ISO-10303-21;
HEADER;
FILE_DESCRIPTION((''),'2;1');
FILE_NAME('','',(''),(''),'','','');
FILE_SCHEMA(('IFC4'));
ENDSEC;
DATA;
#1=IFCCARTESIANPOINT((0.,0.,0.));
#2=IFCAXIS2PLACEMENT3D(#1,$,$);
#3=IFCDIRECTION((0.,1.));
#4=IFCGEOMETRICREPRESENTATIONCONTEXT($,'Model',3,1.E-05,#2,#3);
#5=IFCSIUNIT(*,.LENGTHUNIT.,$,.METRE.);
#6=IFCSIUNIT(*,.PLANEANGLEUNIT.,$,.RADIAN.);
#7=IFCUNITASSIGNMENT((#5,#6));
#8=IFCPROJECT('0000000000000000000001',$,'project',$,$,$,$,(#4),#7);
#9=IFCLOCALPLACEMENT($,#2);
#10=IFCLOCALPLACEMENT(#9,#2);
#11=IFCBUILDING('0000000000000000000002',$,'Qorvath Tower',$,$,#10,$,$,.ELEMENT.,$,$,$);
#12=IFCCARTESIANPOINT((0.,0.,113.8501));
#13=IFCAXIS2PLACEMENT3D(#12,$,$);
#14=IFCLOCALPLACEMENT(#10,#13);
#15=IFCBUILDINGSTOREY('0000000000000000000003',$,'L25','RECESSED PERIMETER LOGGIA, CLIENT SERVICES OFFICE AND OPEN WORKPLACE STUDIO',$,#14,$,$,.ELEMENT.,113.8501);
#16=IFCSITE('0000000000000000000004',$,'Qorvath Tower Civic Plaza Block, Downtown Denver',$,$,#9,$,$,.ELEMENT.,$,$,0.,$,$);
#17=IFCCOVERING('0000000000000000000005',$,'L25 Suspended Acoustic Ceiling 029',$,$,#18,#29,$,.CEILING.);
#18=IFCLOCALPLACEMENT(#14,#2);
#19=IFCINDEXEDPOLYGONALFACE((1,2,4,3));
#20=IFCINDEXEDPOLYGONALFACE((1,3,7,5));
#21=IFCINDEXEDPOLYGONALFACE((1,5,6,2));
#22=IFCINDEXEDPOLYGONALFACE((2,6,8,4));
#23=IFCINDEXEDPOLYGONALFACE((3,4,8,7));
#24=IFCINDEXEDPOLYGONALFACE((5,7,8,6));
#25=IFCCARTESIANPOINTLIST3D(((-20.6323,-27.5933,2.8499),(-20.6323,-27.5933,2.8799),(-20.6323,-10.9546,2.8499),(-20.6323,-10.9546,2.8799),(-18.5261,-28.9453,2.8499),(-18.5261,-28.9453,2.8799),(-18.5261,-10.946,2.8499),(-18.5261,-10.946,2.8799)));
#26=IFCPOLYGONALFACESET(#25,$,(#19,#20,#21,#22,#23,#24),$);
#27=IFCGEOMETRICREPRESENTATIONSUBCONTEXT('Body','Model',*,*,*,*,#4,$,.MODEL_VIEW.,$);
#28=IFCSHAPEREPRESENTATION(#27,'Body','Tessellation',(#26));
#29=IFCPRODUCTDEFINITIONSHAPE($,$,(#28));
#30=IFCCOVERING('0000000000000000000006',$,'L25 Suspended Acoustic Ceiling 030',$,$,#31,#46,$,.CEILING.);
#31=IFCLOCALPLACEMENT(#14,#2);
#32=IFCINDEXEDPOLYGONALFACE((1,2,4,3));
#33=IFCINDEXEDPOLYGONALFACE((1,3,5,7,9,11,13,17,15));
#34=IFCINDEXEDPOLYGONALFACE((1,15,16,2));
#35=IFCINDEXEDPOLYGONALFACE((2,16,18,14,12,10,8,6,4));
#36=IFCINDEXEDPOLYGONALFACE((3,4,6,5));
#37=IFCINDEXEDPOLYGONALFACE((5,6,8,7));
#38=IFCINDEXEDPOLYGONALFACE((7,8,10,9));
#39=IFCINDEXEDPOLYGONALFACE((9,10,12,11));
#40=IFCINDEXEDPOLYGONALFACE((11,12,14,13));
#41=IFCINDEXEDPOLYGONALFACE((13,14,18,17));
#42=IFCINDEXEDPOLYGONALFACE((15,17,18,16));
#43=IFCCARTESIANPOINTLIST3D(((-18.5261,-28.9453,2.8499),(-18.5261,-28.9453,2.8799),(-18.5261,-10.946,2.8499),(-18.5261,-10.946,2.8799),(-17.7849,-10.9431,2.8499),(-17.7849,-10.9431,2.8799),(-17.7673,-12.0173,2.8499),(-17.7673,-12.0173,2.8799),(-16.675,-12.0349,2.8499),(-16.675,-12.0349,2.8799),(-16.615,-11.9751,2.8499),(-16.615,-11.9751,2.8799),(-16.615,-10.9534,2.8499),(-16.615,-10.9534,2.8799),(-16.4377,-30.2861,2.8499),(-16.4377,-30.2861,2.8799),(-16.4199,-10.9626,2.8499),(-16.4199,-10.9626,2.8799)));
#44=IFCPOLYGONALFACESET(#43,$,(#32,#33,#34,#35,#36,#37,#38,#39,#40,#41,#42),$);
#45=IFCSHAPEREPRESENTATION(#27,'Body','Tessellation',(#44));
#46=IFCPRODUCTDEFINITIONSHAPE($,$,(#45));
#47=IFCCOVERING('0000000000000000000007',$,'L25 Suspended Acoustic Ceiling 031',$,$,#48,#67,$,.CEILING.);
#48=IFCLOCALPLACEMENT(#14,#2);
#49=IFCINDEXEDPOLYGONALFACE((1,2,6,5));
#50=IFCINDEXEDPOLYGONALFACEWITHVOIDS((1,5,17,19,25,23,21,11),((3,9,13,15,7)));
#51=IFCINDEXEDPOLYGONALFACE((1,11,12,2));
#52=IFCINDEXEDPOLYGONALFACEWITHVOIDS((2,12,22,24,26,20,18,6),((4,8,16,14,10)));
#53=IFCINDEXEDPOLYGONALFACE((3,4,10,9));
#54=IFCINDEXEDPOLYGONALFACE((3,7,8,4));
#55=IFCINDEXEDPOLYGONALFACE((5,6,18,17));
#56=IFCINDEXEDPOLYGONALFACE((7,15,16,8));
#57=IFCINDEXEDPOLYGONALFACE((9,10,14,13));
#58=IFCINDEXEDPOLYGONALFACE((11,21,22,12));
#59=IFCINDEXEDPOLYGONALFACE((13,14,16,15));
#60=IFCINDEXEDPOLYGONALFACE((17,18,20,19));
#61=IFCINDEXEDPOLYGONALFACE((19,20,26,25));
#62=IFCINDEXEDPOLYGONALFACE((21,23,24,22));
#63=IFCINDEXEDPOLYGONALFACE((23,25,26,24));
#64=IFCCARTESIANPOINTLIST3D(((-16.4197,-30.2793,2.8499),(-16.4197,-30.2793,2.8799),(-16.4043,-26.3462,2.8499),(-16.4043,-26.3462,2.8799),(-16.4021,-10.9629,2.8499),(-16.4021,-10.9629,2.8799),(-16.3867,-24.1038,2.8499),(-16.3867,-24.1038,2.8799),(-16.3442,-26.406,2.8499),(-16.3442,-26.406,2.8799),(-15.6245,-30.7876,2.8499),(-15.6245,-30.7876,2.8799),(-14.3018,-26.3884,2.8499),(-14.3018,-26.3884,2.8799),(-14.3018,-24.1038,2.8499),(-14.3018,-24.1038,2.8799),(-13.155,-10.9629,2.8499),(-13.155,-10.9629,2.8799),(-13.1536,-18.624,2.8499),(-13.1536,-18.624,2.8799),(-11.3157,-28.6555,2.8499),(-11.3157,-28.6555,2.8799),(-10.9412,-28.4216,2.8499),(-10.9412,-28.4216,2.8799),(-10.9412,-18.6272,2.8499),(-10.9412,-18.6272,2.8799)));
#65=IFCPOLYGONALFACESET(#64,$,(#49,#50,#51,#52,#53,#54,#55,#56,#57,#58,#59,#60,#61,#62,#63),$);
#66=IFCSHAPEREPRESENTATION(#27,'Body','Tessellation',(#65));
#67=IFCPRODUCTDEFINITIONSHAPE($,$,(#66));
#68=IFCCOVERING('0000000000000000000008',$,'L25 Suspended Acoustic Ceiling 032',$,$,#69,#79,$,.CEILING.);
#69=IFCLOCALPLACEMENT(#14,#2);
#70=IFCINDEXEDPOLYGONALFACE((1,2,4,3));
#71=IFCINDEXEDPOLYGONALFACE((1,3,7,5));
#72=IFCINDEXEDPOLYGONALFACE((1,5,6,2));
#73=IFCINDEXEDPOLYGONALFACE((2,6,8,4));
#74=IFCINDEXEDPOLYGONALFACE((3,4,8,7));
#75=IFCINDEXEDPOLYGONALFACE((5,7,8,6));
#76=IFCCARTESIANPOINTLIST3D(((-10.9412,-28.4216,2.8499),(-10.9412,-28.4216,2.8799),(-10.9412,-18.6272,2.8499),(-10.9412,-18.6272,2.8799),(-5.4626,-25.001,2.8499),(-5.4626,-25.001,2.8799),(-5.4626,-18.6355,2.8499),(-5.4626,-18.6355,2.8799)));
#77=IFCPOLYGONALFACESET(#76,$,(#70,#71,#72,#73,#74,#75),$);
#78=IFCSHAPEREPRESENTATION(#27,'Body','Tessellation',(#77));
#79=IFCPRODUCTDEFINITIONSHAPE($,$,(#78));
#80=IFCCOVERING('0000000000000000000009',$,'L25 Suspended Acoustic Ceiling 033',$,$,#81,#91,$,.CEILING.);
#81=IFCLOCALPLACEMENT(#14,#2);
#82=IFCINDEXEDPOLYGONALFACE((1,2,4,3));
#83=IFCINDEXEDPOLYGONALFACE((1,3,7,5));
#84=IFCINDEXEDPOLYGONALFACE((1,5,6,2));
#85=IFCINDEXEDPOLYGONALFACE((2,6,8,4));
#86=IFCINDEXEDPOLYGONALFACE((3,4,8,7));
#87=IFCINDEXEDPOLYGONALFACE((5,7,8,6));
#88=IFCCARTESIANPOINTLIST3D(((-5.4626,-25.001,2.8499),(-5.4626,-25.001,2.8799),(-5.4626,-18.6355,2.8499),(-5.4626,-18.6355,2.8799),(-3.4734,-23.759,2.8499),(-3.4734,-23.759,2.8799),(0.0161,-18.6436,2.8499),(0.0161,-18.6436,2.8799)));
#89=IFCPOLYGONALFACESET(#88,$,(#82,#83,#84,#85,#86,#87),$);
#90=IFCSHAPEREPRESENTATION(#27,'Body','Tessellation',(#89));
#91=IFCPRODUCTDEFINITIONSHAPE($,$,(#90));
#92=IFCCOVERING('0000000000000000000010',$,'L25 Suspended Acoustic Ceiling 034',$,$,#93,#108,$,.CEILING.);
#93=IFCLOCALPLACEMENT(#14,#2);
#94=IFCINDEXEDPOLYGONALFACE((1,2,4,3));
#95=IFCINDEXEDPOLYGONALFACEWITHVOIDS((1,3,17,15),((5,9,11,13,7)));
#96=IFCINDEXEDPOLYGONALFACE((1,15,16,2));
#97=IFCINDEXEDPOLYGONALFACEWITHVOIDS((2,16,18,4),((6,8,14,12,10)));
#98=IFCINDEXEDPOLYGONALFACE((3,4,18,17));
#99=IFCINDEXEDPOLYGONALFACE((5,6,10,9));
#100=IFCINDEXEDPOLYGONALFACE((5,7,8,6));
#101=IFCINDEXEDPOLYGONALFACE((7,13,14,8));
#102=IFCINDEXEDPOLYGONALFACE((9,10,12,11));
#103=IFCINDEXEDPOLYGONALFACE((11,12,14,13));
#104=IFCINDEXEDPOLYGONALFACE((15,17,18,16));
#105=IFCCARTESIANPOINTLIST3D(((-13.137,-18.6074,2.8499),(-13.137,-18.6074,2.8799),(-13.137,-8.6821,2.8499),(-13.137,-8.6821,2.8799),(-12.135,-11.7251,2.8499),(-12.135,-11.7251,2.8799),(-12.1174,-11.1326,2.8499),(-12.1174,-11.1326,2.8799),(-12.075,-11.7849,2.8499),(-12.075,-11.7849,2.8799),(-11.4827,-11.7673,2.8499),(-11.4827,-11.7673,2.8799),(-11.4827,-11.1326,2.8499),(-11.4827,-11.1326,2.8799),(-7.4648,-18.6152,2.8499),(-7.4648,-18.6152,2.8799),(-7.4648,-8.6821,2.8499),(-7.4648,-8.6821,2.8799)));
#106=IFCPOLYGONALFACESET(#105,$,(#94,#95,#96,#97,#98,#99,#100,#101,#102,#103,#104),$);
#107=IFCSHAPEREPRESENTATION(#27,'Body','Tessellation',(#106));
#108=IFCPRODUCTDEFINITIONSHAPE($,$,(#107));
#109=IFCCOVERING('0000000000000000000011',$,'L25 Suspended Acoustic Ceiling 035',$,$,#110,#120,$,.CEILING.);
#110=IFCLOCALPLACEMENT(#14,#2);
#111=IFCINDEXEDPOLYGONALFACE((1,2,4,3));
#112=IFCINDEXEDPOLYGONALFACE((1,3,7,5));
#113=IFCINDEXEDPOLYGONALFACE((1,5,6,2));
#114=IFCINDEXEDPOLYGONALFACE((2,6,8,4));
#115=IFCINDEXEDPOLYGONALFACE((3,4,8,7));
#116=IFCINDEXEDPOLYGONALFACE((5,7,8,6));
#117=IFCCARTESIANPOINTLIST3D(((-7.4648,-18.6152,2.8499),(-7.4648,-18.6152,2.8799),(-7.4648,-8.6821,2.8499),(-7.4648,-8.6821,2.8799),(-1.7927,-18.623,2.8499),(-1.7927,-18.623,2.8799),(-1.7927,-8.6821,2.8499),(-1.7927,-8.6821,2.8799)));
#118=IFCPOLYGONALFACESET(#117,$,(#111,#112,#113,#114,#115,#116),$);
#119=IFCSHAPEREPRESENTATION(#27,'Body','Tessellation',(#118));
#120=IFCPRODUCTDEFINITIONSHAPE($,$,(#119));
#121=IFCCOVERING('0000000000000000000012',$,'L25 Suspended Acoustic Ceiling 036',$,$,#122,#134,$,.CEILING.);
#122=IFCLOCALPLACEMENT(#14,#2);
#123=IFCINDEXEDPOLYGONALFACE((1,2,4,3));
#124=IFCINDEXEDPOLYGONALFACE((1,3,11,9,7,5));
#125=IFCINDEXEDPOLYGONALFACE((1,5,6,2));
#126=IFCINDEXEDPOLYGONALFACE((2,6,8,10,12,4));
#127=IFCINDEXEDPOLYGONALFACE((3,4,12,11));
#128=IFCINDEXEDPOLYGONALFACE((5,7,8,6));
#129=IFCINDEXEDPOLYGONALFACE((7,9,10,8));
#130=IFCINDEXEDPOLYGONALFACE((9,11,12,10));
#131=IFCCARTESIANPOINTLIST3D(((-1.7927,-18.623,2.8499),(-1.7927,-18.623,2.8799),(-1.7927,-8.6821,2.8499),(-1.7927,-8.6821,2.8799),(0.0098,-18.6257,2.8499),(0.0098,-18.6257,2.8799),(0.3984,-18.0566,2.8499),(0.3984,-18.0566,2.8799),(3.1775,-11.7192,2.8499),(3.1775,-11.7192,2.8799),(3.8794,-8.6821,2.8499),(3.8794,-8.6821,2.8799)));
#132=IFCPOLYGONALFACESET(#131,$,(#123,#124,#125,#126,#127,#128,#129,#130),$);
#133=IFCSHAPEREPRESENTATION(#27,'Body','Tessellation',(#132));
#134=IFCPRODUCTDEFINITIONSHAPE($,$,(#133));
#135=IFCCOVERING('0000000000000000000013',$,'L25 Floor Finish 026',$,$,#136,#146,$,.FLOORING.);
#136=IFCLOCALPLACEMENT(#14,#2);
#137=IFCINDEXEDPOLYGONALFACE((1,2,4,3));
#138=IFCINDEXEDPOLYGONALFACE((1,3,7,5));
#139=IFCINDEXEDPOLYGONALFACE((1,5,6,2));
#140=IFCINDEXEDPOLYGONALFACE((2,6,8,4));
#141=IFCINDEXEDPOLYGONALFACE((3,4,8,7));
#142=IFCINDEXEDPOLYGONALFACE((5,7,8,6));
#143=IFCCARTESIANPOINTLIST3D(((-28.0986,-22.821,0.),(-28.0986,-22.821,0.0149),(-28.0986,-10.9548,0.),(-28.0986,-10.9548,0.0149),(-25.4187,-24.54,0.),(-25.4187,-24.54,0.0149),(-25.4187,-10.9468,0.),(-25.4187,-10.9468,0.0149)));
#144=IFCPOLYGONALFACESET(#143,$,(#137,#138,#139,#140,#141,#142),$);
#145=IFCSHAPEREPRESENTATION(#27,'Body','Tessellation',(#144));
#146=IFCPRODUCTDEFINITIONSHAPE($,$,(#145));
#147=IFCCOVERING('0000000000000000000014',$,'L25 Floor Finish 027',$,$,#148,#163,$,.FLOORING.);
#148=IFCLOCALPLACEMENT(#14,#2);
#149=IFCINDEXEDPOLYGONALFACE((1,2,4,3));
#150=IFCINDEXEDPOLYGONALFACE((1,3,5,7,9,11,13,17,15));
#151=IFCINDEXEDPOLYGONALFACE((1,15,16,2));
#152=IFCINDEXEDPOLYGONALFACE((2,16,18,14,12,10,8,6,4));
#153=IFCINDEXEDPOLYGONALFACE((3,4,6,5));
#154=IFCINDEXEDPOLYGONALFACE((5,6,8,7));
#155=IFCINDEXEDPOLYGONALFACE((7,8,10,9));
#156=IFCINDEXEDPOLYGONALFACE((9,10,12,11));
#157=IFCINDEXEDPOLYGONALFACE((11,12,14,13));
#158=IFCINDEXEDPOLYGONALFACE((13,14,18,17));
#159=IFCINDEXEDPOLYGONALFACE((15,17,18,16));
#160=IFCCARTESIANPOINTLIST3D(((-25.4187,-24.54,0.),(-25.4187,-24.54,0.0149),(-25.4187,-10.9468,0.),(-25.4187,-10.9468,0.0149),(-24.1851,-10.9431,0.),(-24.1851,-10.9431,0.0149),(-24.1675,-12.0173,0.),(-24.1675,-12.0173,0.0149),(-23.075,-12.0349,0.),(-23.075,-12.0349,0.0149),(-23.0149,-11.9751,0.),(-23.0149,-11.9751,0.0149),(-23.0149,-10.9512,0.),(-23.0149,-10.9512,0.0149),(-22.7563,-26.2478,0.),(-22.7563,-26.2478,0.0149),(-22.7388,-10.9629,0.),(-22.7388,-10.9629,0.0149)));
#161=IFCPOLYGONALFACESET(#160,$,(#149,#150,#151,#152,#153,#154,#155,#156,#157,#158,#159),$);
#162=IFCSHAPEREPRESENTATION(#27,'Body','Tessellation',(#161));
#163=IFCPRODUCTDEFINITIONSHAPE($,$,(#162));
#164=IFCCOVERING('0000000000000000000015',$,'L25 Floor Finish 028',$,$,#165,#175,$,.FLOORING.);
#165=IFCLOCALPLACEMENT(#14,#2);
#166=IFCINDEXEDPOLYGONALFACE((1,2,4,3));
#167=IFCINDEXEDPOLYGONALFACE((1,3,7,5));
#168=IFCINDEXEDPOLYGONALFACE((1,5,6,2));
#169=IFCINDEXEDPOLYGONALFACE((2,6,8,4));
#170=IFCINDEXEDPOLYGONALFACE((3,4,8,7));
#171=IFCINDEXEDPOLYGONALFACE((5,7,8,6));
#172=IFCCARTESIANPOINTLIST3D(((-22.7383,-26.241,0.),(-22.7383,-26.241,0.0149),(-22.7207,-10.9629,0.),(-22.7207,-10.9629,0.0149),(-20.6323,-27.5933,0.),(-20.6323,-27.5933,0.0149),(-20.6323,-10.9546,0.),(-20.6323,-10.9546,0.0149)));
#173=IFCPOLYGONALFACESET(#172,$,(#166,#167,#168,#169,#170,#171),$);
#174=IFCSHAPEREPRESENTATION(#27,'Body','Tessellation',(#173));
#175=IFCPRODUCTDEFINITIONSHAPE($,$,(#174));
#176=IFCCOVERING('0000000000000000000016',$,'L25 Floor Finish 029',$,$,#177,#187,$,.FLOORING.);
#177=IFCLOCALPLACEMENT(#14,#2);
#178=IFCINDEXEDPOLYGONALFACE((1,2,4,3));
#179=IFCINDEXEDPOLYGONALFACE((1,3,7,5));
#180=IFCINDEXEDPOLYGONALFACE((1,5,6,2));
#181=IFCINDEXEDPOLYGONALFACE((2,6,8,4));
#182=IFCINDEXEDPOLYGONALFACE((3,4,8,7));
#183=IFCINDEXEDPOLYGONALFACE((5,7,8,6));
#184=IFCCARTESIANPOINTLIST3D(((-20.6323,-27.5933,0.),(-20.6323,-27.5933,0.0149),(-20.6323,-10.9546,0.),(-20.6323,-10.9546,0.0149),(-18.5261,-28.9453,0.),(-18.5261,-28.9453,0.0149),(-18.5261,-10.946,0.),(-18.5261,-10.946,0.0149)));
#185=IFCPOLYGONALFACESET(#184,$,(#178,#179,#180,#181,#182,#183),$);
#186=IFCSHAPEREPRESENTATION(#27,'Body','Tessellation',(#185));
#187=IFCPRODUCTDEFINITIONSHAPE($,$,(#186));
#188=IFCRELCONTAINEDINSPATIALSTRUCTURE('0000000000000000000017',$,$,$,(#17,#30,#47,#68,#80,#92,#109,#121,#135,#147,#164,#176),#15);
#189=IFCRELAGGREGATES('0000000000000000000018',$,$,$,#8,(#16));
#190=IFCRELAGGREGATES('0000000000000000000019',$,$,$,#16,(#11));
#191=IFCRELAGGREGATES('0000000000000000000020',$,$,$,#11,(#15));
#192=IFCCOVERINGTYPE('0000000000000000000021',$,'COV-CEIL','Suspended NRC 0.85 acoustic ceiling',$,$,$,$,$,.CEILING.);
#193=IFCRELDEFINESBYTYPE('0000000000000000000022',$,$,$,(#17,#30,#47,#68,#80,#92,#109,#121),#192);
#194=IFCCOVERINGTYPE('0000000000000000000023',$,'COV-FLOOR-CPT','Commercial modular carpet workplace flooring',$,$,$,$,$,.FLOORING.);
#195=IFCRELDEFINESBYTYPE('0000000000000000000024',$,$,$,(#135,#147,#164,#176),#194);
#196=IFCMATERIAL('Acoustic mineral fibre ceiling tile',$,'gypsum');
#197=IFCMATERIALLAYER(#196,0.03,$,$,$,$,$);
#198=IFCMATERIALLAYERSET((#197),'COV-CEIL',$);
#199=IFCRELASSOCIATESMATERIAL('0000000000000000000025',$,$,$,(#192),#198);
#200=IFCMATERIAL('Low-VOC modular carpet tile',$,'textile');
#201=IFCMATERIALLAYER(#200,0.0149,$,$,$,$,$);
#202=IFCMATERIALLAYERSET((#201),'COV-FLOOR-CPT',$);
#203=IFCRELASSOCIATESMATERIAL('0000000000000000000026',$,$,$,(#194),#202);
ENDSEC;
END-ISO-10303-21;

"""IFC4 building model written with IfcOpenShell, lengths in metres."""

from ifc_helpers import new_model, si_unit, direction, frame, origin, place, context, subcontext, project, spatial, polyline, outline, extrude, material, layer, layer_set, type_object, element, save


model = new_model("IFC4")

# Units and contexts
model_context = context("Model", 3, precision=1e-05, world=origin(), true_north=direction((0.0, 1.0)))
body_context = subcontext(model_context, "Body", "Model", "MODEL_VIEW")
ifc_project = project(units=[si_unit("LENGTHUNIT", "METRE"), si_unit("PLANEANGLEUNIT", "RADIAN")], contexts=[model_context])

# Site, building, storey
site_placement = place(None, origin())
site = spatial("IfcSite", under=ifc_project, at=site_placement, Name="Qorvath Tower Civic Plaza Block, Downtown Denver", CompositionType="ELEMENT", RefElevation=0.0)
building_placement = place(site_placement, origin())
building = spatial("IfcBuilding", under=site, at=building_placement, Name="Qorvath Tower", CompositionType="ELEMENT")
storey_placement = place(building_placement, frame((0.0, 0.0, 113.8501)))
storey = spatial("IfcBuildingStorey", under=building, at=storey_placement, Name="L25", Description="RECESSED PERIMETER LOGGIA, CLIENT SERVICES OFFICE AND OPEN WORKPLACE STUDIO", CompositionType="ELEMENT", Elevation=113.8501)

# Coverings
ifc_material_1 = material(Name="Acoustic mineral fibre ceiling tile", Category="gypsum")
ifc_layer_1 = layer(ifc_material_1, 0.03)
ifc_layer_set_1 = layer_set([ifc_layer_1], Name="COV-CEIL")
covering_type_1 = type_object("IfcCoveringType", Name="COV-CEIL", Description="Suspended NRC 0.85 acoustic ceiling", PredefinedType="CEILING", material=ifc_layer_set_1)
covering_1_placement = place(storey_placement, frame((0.0, 0.0, 2.8499)))
element("IfcCovering", 1, at=covering_1_placement, inside=storey, type_object=covering_type_1, Name="L25 Suspended Acoustic Ceiling 029", PredefinedType="CEILING", context=body_context, shape_type="SweptSolid", body=[
    extrude(outline(polyline([(-18.5261, -28.9453), (-18.5261, -10.946), (-20.6323, -10.9546), (-20.6323, -27.5933), (-18.5261, -28.9453)])), origin(), (0.0, 0.0, 1.0), 0.03),
])
covering_2_placement = place(storey_placement, frame((0.0, 0.0, 2.8499)))
element("IfcCovering", 2, at=covering_2_placement, inside=storey, type_object=covering_type_1, Name="L25 Suspended Acoustic Ceiling 030", PredefinedType="CEILING", context=body_context, shape_type="SweptSolid", body=[
    extrude(outline(polyline([(-16.4377, -30.2861), (-16.4199, -10.9626), (-16.615, -10.9534), (-16.615, -11.9751), (-16.675, -12.0349), (-17.7673, -12.0173), (-17.7849, -10.9431), (-18.5261, -10.946), (-18.5261, -28.9453), (-16.4377, -30.2861)])), origin(), (0.0, 0.0, 1.0), 0.03),
])
covering_3_placement = place(storey_placement, frame((0.0, 0.0, 2.8499)))
element("IfcCovering", 3, at=covering_3_placement, inside=storey, type_object=covering_type_1, Name="L25 Suspended Acoustic Ceiling 031", PredefinedType="CEILING", context=body_context, shape_type="SweptSolid", body=[
    extrude(outline(polyline([(-16.4197, -30.2793), (-15.6245, -30.7876), (-11.3157, -28.6555), (-10.9412, -28.4216), (-10.9412, -18.6272), (-13.1536, -18.624), (-13.155, -10.9629), (-16.4021, -10.9629), (-16.4197, -30.2793)]), holes=[polyline([(-16.4043, -26.3462), (-16.3867, -24.1038), (-14.3018, -24.1038), (-14.3018, -26.3884), (-16.3442, -26.406), (-16.4043, -26.3462)])]), origin(), (0.0, 0.0, 1.0), 0.03),
])
covering_4_placement = place(storey_placement, frame((0.0, 0.0, 2.8499)))
element("IfcCovering", 4, at=covering_4_placement, inside=storey, type_object=covering_type_1, Name="L25 Suspended Acoustic Ceiling 032", PredefinedType="CEILING", context=body_context, shape_type="SweptSolid", body=[
    extrude(outline(polyline([(-10.9412, -18.6272), (-10.9412, -28.4216), (-5.4626, -25.001), (-5.4626, -18.6355), (-10.9412, -18.6272)])), origin(), (0.0, 0.0, 1.0), 0.03),
])
covering_5_placement = place(storey_placement, frame((0.0, 0.0, 2.8499)))
element("IfcCovering", 5, at=covering_5_placement, inside=storey, type_object=covering_type_1, Name="L25 Suspended Acoustic Ceiling 033", PredefinedType="CEILING", context=body_context, shape_type="SweptSolid", body=[
    extrude(outline(polyline([(-5.4626, -18.6355), (-5.4626, -25.001), (-3.4734, -23.759), (0.0161, -18.6436), (-5.4626, -18.6355)])), origin(), (0.0, 0.0, 1.0), 0.03),
])
covering_6_placement = place(storey_placement, frame((0.0, 0.0, 2.8499)))
element("IfcCovering", 6, at=covering_6_placement, inside=storey, type_object=covering_type_1, Name="L25 Suspended Acoustic Ceiling 034", PredefinedType="CEILING", context=body_context, shape_type="SweptSolid", body=[
    extrude(outline(polyline([(-13.137, -18.6074), (-7.4648, -18.6152), (-7.4648, -8.6821), (-13.137, -8.6821), (-13.137, -18.6074)]), holes=[polyline([(-12.135, -11.7251), (-12.1174, -11.1326), (-11.4827, -11.1326), (-11.4827, -11.7673), (-12.075, -11.7849), (-12.135, -11.7251)])]), origin(), (0.0, 0.0, 1.0), 0.03),
])
covering_7_placement = place(storey_placement, frame((0.0, 0.0, 2.8499)))
element("IfcCovering", 7, at=covering_7_placement, inside=storey, type_object=covering_type_1, Name="L25 Suspended Acoustic Ceiling 035", PredefinedType="CEILING", context=body_context, shape_type="SweptSolid", body=[
    extrude(outline(polyline([(-7.4648, -8.6821), (-7.4648, -18.6152), (-1.7927, -18.623), (-1.7927, -8.6821), (-7.4648, -8.6821)])), origin(), (0.0, 0.0, 1.0), 0.03),
])
covering_8_placement = place(storey_placement, frame((0.0, 0.0, 2.8499)))
element("IfcCovering", 8, at=covering_8_placement, inside=storey, type_object=covering_type_1, Name="L25 Suspended Acoustic Ceiling 036", PredefinedType="CEILING", context=body_context, shape_type="SweptSolid", body=[
    extrude(outline(polyline([(-1.7927, -8.6821), (-1.7927, -18.623), (0.0098, -18.6257), (0.3984, -18.0566), (3.1775, -11.7192), (3.8794, -8.6821), (-1.7927, -8.6821)])), origin(), (0.0, 0.0, 1.0), 0.03),
])
ifc_material_2 = material(Name="Low-VOC modular carpet tile", Category="textile")
ifc_layer_2 = layer(ifc_material_2, 0.0149)
ifc_layer_set_2 = layer_set([ifc_layer_2], Name="COV-FLOOR-CPT")
covering_type_2 = type_object("IfcCoveringType", Name="COV-FLOOR-CPT", Description="Commercial modular carpet workplace flooring", PredefinedType="FLOORING", material=ifc_layer_set_2)
covering_9_placement = place(storey_placement, origin())
element("IfcCovering", 9, at=covering_9_placement, inside=storey, type_object=covering_type_2, Name="L25 Floor Finish 026", PredefinedType="FLOORING", context=body_context, shape_type="SweptSolid", body=[
    extrude(outline(polyline([(-25.4187, -24.54), (-25.4187, -10.9468), (-28.0986, -10.9548), (-28.0986, -22.821), (-25.4187, -24.54)])), origin(), (0.0, 0.0, 1.0), 0.0149),
])
covering_10_placement = place(storey_placement, origin())
element("IfcCovering", 10, at=covering_10_placement, inside=storey, type_object=covering_type_2, Name="L25 Floor Finish 027", PredefinedType="FLOORING", context=body_context, shape_type="SweptSolid", body=[
    extrude(outline(polyline([(-22.7563, -26.2478), (-22.7388, -10.9629), (-23.0149, -10.9512), (-23.0149, -11.9751), (-23.075, -12.0349), (-24.1675, -12.0173), (-24.1851, -10.9431), (-25.4187, -10.9468), (-25.4187, -24.54), (-22.7563, -26.2478)])), origin(), (0.0, 0.0, 1.0), 0.0149),
])
covering_11_placement = place(storey_placement, origin())
element("IfcCovering", 11, at=covering_11_placement, inside=storey, type_object=covering_type_2, Name="L25 Floor Finish 028", PredefinedType="FLOORING", context=body_context, shape_type="SweptSolid", body=[
    extrude(outline(polyline([(-20.6323, -27.5933), (-20.6323, -10.9546), (-22.7207, -10.9629), (-22.7383, -26.241), (-20.6323, -27.5933)])), origin(), (0.0, 0.0, 1.0), 0.0149),
])
covering_12_placement = place(storey_placement, origin())
element("IfcCovering", 12, at=covering_12_placement, inside=storey, type_object=covering_type_2, Name="L25 Floor Finish 029", PredefinedType="FLOORING", context=body_context, shape_type="SweptSolid", body=[
    extrude(outline(polyline([(-18.5261, -28.9453), (-18.5261, -10.946), (-20.6323, -10.9546), (-20.6323, -27.5933), (-18.5261, -28.9453)])), origin(), (0.0, 0.0, 1.0), 0.0149),
])

save(model, "model.ifc")
